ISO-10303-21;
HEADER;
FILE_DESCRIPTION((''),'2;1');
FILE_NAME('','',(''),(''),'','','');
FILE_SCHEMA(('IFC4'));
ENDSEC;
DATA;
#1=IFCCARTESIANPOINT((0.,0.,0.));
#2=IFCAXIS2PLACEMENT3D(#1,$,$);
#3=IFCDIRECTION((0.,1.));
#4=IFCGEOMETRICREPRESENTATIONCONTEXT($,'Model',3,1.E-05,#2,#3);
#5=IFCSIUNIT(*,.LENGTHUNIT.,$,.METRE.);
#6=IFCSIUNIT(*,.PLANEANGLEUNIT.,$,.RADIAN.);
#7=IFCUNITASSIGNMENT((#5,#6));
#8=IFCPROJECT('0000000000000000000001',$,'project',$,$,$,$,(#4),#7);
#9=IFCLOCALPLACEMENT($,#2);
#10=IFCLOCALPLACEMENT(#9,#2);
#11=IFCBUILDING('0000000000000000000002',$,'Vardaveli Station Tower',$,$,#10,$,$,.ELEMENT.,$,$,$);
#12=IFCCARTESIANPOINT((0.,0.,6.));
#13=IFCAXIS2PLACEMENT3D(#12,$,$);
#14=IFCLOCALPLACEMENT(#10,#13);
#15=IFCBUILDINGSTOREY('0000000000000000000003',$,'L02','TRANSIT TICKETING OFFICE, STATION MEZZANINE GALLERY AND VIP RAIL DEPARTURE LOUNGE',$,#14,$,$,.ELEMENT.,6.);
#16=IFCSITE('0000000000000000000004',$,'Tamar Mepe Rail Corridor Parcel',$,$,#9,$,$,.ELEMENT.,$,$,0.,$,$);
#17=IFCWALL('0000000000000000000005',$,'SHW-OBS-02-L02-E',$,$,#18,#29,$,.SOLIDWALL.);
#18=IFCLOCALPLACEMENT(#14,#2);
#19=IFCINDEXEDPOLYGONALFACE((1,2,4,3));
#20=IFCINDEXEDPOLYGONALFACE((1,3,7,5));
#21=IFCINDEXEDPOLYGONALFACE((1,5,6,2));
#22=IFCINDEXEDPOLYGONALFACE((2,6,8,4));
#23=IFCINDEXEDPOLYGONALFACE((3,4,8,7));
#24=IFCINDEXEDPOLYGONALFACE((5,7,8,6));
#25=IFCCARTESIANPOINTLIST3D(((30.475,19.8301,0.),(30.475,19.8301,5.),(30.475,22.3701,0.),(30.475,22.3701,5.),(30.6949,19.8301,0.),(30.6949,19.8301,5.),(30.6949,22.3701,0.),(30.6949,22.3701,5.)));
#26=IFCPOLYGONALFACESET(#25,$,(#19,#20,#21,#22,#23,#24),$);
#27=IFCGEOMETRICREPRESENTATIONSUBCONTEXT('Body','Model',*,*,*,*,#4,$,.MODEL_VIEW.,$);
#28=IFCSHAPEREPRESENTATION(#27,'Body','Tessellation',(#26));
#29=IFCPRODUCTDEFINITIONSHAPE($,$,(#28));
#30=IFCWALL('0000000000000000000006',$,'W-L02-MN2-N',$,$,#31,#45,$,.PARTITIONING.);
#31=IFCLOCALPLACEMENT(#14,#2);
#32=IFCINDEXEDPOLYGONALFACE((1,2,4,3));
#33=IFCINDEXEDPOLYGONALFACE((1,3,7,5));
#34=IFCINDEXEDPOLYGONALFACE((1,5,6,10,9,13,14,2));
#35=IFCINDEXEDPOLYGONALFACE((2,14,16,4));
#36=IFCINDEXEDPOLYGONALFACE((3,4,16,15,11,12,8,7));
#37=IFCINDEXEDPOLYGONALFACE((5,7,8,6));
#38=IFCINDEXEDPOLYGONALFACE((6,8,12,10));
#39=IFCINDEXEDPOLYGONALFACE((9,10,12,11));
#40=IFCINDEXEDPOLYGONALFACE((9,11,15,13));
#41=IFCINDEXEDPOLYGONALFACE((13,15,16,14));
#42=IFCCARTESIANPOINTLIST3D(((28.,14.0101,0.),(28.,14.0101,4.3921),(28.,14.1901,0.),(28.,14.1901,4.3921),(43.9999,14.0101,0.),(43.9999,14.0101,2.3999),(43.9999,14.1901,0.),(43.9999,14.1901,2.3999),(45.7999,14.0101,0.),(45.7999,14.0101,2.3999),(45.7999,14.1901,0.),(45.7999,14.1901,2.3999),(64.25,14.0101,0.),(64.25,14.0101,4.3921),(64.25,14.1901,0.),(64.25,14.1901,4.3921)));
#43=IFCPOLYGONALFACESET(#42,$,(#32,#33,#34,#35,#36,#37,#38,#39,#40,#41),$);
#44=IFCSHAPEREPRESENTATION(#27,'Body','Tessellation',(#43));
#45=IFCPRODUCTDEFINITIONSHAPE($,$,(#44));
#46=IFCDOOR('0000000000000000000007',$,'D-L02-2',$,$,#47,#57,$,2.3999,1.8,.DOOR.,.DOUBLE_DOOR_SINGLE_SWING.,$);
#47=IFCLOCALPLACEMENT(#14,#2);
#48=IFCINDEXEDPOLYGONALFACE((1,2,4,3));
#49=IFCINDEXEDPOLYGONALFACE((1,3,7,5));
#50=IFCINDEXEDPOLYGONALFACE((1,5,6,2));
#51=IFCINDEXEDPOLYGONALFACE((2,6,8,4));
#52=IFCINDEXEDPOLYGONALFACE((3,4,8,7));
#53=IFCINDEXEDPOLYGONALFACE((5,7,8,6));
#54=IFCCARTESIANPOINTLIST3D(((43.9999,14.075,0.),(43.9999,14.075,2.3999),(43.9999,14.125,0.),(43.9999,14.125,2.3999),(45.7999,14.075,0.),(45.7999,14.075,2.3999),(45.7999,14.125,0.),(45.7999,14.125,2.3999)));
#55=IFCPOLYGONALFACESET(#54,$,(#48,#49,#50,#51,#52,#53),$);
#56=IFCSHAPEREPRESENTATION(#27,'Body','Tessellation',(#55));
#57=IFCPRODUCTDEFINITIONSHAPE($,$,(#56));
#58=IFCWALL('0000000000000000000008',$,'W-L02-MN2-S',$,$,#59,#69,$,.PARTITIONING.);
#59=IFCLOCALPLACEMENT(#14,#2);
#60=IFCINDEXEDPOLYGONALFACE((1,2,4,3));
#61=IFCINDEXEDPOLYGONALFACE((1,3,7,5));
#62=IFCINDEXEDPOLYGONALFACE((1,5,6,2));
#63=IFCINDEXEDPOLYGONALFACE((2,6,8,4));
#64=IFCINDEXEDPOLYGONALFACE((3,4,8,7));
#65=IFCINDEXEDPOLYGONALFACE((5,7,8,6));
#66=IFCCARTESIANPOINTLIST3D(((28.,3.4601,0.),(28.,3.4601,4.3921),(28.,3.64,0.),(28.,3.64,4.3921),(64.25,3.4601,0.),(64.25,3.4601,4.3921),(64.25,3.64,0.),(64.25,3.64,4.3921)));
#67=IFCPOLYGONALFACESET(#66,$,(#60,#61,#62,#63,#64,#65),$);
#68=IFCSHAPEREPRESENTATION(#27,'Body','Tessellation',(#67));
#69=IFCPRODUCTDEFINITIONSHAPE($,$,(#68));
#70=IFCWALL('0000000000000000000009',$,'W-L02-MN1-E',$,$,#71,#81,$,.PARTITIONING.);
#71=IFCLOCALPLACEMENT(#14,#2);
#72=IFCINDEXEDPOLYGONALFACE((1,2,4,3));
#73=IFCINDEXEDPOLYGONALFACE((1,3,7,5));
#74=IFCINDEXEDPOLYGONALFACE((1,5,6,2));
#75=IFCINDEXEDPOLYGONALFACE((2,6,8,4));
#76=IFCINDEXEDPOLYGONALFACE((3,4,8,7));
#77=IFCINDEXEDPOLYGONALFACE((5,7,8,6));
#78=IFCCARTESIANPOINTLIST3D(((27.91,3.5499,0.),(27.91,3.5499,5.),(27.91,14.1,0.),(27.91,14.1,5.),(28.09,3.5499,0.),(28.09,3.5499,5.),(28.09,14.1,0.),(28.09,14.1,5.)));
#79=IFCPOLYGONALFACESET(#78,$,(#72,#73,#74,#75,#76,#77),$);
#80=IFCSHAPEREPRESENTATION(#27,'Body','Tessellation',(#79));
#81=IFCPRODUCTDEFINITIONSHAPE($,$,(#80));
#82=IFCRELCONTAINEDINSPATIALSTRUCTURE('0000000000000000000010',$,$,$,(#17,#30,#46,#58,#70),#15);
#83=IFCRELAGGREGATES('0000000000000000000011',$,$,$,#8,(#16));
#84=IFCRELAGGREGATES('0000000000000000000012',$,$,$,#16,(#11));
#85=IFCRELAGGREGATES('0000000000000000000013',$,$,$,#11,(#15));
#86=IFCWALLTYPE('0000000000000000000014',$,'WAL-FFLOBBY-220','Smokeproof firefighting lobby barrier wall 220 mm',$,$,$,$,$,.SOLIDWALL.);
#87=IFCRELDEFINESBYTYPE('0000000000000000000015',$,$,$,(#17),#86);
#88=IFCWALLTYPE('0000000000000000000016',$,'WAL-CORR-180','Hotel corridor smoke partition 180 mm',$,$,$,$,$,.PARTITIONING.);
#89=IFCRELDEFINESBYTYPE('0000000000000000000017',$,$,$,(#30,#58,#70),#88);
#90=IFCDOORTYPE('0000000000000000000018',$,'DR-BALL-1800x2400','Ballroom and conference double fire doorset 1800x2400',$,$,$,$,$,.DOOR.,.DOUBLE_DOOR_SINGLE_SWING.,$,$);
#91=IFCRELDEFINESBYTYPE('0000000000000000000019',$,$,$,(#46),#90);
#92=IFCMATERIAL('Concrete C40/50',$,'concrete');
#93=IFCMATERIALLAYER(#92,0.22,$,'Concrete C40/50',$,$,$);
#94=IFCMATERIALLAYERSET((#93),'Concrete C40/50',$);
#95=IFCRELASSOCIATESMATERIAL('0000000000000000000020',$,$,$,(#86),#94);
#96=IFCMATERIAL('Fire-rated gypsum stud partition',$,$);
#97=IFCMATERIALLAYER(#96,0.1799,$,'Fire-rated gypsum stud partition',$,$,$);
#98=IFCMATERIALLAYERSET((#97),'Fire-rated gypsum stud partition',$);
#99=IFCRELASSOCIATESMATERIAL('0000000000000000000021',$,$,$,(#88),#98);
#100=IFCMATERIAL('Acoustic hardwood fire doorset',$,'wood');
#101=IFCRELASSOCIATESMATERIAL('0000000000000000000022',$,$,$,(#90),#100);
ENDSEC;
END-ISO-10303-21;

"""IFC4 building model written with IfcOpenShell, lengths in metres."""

from ifc_helpers import new_model, si_unit, direction, frame, frame_2d, origin, place, context, subcontext, project, spatial, rectangle, extrude, source, transform, mapped, material, layer, layer_set, type_object, element, fill, save


model = new_model("IFC4")

# Units and contexts
model_context = context("Model", 3, precision=1e-05, world=origin(), true_north=direction((0.0, 1.0)))
body_context = subcontext(model_context, "Body", "Model", "MODEL_VIEW")
ifc_project = project(units=[si_unit("LENGTHUNIT", "METRE"), si_unit("PLANEANGLEUNIT", "RADIAN")], contexts=[model_context])

# Site, building, storey
site_placement = place(None, origin())
site = spatial("IfcSite", under=ifc_project, at=site_placement, Name="Tamar Mepe Rail Corridor Parcel", CompositionType="ELEMENT", RefElevation=0.0)
building_placement = place(site_placement, origin())
building = spatial("IfcBuilding", under=site, at=building_placement, Name="Vardaveli Station Tower", CompositionType="ELEMENT")
storey_placement = place(building_placement, frame((0.0, 0.0, 6.0)))
storey = spatial("IfcBuildingStorey", under=building, at=storey_placement, Name="L02", Description="TRANSIT TICKETING OFFICE, STATION MEZZANINE GALLERY AND VIP RAIL DEPARTURE LOUNGE", CompositionType="ELEMENT", Elevation=6.0)

# Wall
ifc_material_1 = material(Name="Concrete C40/50", Category="concrete")
ifc_layer_1 = layer(ifc_material_1, 0.22, Name="Concrete C40/50")
ifc_layer_set_1 = layer_set([ifc_layer_1], Name="Concrete C40/50")
wall_type_1 = type_object("IfcWallType", Name="WAL-FFLOBBY-220", Description="Smokeproof firefighting lobby barrier wall 220 mm", PredefinedType="SOLIDWALL", material=ifc_layer_set_1)
shared_shape_1 = source(origin(), body_context, "Body", "SweptSolid", [
    extrude(rectangle(XDim=2.54, YDim=0.22, at=frame_2d((1.27, 0.0))), origin(), (0.0, 0.0, 1.0), 5.0),
])
for number, where, z_axis, x_axis, name in (
    (1, (30.585, 19.8301, 0.0), (0.0, 0.0, 1.0), (0.0, 1.0, 0.0), "SHW-OBS-02-L02-E"),
):
    element("IfcWall", number, at=place(storey_placement, frame(where, z_axis=z_axis, x_axis=x_axis)), inside=storey, type_object=wall_type_1, Name=name, PredefinedType="SOLIDWALL", context=body_context, shape_type="MappedRepresentation", body=[
        mapped(shared_shape_1, transform((0.0, 0.0, 0.0), scale=1.0)),
    ])

# Wall, opening, door
ifc_material_2 = material(Name="Fire-rated gypsum stud partition")
ifc_layer_2 = layer(ifc_material_2, 0.1799, Name="Fire-rated gypsum stud partition")
ifc_layer_set_2 = layer_set([ifc_layer_2], Name="Fire-rated gypsum stud partition")
wall_type_2 = type_object("IfcWallType", Name="WAL-CORR-180", Description="Hotel corridor smoke partition 180 mm", PredefinedType="PARTITIONING", material=ifc_layer_set_2)
shared_shape_2 = source(origin(), body_context, "Body", "SweptSolid", [
    extrude(rectangle(XDim=36.25, YDim=0.1799, at=frame_2d((18.125, 0.0))), origin(), (0.0, 0.0, 1.0), 4.3921),
])
wall_1_placement = place(storey_placement, frame((28.0, 14.1001, 0.0), z_axis=(0.0, 0.0, 1.0), x_axis=(1.0, 0.0, 0.0)))
wall_1 = element("IfcWall", 2, at=wall_1_placement, inside=storey, type_object=wall_type_2, Name="W-L02-MN2-N", PredefinedType="PARTITIONING", context=body_context, shape_type="MappedRepresentation", body=[
    mapped(shared_shape_2, transform((0.0, 0.0, 0.0), scale=1.0)),
])
shared_shape_3 = source(origin(), body_context, "Body", "SweptSolid", [
    extrude(rectangle(XDim=1.8, YDim=2.3999, at=frame_2d((0.8999, 1.2))), frame((0.0, 0.1001, 0.0), z_axis=(0.0, -1.0, 0.0), x_axis=(1.0, 0.0, 0.0)), (0.0, 0.0, 1.0), 0.2),
])
opening_1_placement = place(wall_1_placement, frame((16.0, 0.0, 0.0)))
opening_1 = element("IfcOpeningElement", 3, at=opening_1_placement, cuts=wall_1, PredefinedType="OPENING", context=body_context, shape_type="MappedRepresentation", body=[
    mapped(shared_shape_3, transform((0.0, 0.0, 0.0), scale=1.0)),
])
ifc_material_3 = material(Name="Acoustic hardwood fire doorset", Category="wood")
door_type = type_object("IfcDoorType", Name="DR-BALL-1800x2400", Description="Ballroom and conference double fire doorset 1800x2400", OperationType="DOUBLE_DOOR_SINGLE_SWING", PredefinedType="DOOR", material=ifc_material_3)
shared_shape_4 = source(origin(), body_context, "Body", "SweptSolid", [
    extrude(rectangle(XDim=1.8, YDim=2.3999, at=frame_2d((0.8999, 1.2))), frame((0.0, 0.0249, 0.0), z_axis=(0.0, -1.0, 0.0), x_axis=(1.0, 0.0, 0.0)), (0.0, 0.0, 1.0), 0.05),
])
door_placement = place(opening_1_placement, origin())
door = element("IfcDoor", 4, at=door_placement, inside=storey, type_object=door_type, Name="D-L02-2", OperationType="DOUBLE_DOOR_SINGLE_SWING", OverallHeight=2.3999, OverallWidth=1.8, PredefinedType="DOOR", context=body_context, shape_type="MappedRepresentation", body=[
    mapped(shared_shape_4, transform((0.0, 0.0, 0.0), scale=1.0)),
])
fill(opening_1, door)

# Walls
wall_2_placement = place(storey_placement, frame((28.0, 3.55, 0.0), z_axis=(0.0, 0.0, 1.0), x_axis=(1.0, 0.0, 0.0)))
element("IfcWall", 5, at=wall_2_placement, inside=storey, type_object=wall_type_2, Name="W-L02-MN2-S", PredefinedType="PARTITIONING", context=body_context, shape_type="MappedRepresentation", body=[
    mapped(shared_shape_2, transform((0.0, 0.0, 0.0), scale=1.0)),
])
shared_shape_5 = source(origin(), body_context, "Body", "SweptSolid", [
    extrude(rectangle(XDim=10.55, YDim=0.1799, at=frame_2d((5.2749, 0.0))), origin(), (0.0, 0.0, 1.0), 5.0),
])
wall_3_placement = place(storey_placement, frame((28.0, 3.55, 0.0), z_axis=(0.0, 0.0, 1.0), x_axis=(0.0, 1.0, 0.0)))
element("IfcWall", 6, at=wall_3_placement, inside=storey, type_object=wall_type_2, Name="W-L02-MN1-E", PredefinedType="PARTITIONING", context=body_context, shape_type="MappedRepresentation", body=[
    mapped(shared_shape_5, transform((0.0, 0.0, 0.0), scale=1.0)),
])

save(model, "model.ifc")
